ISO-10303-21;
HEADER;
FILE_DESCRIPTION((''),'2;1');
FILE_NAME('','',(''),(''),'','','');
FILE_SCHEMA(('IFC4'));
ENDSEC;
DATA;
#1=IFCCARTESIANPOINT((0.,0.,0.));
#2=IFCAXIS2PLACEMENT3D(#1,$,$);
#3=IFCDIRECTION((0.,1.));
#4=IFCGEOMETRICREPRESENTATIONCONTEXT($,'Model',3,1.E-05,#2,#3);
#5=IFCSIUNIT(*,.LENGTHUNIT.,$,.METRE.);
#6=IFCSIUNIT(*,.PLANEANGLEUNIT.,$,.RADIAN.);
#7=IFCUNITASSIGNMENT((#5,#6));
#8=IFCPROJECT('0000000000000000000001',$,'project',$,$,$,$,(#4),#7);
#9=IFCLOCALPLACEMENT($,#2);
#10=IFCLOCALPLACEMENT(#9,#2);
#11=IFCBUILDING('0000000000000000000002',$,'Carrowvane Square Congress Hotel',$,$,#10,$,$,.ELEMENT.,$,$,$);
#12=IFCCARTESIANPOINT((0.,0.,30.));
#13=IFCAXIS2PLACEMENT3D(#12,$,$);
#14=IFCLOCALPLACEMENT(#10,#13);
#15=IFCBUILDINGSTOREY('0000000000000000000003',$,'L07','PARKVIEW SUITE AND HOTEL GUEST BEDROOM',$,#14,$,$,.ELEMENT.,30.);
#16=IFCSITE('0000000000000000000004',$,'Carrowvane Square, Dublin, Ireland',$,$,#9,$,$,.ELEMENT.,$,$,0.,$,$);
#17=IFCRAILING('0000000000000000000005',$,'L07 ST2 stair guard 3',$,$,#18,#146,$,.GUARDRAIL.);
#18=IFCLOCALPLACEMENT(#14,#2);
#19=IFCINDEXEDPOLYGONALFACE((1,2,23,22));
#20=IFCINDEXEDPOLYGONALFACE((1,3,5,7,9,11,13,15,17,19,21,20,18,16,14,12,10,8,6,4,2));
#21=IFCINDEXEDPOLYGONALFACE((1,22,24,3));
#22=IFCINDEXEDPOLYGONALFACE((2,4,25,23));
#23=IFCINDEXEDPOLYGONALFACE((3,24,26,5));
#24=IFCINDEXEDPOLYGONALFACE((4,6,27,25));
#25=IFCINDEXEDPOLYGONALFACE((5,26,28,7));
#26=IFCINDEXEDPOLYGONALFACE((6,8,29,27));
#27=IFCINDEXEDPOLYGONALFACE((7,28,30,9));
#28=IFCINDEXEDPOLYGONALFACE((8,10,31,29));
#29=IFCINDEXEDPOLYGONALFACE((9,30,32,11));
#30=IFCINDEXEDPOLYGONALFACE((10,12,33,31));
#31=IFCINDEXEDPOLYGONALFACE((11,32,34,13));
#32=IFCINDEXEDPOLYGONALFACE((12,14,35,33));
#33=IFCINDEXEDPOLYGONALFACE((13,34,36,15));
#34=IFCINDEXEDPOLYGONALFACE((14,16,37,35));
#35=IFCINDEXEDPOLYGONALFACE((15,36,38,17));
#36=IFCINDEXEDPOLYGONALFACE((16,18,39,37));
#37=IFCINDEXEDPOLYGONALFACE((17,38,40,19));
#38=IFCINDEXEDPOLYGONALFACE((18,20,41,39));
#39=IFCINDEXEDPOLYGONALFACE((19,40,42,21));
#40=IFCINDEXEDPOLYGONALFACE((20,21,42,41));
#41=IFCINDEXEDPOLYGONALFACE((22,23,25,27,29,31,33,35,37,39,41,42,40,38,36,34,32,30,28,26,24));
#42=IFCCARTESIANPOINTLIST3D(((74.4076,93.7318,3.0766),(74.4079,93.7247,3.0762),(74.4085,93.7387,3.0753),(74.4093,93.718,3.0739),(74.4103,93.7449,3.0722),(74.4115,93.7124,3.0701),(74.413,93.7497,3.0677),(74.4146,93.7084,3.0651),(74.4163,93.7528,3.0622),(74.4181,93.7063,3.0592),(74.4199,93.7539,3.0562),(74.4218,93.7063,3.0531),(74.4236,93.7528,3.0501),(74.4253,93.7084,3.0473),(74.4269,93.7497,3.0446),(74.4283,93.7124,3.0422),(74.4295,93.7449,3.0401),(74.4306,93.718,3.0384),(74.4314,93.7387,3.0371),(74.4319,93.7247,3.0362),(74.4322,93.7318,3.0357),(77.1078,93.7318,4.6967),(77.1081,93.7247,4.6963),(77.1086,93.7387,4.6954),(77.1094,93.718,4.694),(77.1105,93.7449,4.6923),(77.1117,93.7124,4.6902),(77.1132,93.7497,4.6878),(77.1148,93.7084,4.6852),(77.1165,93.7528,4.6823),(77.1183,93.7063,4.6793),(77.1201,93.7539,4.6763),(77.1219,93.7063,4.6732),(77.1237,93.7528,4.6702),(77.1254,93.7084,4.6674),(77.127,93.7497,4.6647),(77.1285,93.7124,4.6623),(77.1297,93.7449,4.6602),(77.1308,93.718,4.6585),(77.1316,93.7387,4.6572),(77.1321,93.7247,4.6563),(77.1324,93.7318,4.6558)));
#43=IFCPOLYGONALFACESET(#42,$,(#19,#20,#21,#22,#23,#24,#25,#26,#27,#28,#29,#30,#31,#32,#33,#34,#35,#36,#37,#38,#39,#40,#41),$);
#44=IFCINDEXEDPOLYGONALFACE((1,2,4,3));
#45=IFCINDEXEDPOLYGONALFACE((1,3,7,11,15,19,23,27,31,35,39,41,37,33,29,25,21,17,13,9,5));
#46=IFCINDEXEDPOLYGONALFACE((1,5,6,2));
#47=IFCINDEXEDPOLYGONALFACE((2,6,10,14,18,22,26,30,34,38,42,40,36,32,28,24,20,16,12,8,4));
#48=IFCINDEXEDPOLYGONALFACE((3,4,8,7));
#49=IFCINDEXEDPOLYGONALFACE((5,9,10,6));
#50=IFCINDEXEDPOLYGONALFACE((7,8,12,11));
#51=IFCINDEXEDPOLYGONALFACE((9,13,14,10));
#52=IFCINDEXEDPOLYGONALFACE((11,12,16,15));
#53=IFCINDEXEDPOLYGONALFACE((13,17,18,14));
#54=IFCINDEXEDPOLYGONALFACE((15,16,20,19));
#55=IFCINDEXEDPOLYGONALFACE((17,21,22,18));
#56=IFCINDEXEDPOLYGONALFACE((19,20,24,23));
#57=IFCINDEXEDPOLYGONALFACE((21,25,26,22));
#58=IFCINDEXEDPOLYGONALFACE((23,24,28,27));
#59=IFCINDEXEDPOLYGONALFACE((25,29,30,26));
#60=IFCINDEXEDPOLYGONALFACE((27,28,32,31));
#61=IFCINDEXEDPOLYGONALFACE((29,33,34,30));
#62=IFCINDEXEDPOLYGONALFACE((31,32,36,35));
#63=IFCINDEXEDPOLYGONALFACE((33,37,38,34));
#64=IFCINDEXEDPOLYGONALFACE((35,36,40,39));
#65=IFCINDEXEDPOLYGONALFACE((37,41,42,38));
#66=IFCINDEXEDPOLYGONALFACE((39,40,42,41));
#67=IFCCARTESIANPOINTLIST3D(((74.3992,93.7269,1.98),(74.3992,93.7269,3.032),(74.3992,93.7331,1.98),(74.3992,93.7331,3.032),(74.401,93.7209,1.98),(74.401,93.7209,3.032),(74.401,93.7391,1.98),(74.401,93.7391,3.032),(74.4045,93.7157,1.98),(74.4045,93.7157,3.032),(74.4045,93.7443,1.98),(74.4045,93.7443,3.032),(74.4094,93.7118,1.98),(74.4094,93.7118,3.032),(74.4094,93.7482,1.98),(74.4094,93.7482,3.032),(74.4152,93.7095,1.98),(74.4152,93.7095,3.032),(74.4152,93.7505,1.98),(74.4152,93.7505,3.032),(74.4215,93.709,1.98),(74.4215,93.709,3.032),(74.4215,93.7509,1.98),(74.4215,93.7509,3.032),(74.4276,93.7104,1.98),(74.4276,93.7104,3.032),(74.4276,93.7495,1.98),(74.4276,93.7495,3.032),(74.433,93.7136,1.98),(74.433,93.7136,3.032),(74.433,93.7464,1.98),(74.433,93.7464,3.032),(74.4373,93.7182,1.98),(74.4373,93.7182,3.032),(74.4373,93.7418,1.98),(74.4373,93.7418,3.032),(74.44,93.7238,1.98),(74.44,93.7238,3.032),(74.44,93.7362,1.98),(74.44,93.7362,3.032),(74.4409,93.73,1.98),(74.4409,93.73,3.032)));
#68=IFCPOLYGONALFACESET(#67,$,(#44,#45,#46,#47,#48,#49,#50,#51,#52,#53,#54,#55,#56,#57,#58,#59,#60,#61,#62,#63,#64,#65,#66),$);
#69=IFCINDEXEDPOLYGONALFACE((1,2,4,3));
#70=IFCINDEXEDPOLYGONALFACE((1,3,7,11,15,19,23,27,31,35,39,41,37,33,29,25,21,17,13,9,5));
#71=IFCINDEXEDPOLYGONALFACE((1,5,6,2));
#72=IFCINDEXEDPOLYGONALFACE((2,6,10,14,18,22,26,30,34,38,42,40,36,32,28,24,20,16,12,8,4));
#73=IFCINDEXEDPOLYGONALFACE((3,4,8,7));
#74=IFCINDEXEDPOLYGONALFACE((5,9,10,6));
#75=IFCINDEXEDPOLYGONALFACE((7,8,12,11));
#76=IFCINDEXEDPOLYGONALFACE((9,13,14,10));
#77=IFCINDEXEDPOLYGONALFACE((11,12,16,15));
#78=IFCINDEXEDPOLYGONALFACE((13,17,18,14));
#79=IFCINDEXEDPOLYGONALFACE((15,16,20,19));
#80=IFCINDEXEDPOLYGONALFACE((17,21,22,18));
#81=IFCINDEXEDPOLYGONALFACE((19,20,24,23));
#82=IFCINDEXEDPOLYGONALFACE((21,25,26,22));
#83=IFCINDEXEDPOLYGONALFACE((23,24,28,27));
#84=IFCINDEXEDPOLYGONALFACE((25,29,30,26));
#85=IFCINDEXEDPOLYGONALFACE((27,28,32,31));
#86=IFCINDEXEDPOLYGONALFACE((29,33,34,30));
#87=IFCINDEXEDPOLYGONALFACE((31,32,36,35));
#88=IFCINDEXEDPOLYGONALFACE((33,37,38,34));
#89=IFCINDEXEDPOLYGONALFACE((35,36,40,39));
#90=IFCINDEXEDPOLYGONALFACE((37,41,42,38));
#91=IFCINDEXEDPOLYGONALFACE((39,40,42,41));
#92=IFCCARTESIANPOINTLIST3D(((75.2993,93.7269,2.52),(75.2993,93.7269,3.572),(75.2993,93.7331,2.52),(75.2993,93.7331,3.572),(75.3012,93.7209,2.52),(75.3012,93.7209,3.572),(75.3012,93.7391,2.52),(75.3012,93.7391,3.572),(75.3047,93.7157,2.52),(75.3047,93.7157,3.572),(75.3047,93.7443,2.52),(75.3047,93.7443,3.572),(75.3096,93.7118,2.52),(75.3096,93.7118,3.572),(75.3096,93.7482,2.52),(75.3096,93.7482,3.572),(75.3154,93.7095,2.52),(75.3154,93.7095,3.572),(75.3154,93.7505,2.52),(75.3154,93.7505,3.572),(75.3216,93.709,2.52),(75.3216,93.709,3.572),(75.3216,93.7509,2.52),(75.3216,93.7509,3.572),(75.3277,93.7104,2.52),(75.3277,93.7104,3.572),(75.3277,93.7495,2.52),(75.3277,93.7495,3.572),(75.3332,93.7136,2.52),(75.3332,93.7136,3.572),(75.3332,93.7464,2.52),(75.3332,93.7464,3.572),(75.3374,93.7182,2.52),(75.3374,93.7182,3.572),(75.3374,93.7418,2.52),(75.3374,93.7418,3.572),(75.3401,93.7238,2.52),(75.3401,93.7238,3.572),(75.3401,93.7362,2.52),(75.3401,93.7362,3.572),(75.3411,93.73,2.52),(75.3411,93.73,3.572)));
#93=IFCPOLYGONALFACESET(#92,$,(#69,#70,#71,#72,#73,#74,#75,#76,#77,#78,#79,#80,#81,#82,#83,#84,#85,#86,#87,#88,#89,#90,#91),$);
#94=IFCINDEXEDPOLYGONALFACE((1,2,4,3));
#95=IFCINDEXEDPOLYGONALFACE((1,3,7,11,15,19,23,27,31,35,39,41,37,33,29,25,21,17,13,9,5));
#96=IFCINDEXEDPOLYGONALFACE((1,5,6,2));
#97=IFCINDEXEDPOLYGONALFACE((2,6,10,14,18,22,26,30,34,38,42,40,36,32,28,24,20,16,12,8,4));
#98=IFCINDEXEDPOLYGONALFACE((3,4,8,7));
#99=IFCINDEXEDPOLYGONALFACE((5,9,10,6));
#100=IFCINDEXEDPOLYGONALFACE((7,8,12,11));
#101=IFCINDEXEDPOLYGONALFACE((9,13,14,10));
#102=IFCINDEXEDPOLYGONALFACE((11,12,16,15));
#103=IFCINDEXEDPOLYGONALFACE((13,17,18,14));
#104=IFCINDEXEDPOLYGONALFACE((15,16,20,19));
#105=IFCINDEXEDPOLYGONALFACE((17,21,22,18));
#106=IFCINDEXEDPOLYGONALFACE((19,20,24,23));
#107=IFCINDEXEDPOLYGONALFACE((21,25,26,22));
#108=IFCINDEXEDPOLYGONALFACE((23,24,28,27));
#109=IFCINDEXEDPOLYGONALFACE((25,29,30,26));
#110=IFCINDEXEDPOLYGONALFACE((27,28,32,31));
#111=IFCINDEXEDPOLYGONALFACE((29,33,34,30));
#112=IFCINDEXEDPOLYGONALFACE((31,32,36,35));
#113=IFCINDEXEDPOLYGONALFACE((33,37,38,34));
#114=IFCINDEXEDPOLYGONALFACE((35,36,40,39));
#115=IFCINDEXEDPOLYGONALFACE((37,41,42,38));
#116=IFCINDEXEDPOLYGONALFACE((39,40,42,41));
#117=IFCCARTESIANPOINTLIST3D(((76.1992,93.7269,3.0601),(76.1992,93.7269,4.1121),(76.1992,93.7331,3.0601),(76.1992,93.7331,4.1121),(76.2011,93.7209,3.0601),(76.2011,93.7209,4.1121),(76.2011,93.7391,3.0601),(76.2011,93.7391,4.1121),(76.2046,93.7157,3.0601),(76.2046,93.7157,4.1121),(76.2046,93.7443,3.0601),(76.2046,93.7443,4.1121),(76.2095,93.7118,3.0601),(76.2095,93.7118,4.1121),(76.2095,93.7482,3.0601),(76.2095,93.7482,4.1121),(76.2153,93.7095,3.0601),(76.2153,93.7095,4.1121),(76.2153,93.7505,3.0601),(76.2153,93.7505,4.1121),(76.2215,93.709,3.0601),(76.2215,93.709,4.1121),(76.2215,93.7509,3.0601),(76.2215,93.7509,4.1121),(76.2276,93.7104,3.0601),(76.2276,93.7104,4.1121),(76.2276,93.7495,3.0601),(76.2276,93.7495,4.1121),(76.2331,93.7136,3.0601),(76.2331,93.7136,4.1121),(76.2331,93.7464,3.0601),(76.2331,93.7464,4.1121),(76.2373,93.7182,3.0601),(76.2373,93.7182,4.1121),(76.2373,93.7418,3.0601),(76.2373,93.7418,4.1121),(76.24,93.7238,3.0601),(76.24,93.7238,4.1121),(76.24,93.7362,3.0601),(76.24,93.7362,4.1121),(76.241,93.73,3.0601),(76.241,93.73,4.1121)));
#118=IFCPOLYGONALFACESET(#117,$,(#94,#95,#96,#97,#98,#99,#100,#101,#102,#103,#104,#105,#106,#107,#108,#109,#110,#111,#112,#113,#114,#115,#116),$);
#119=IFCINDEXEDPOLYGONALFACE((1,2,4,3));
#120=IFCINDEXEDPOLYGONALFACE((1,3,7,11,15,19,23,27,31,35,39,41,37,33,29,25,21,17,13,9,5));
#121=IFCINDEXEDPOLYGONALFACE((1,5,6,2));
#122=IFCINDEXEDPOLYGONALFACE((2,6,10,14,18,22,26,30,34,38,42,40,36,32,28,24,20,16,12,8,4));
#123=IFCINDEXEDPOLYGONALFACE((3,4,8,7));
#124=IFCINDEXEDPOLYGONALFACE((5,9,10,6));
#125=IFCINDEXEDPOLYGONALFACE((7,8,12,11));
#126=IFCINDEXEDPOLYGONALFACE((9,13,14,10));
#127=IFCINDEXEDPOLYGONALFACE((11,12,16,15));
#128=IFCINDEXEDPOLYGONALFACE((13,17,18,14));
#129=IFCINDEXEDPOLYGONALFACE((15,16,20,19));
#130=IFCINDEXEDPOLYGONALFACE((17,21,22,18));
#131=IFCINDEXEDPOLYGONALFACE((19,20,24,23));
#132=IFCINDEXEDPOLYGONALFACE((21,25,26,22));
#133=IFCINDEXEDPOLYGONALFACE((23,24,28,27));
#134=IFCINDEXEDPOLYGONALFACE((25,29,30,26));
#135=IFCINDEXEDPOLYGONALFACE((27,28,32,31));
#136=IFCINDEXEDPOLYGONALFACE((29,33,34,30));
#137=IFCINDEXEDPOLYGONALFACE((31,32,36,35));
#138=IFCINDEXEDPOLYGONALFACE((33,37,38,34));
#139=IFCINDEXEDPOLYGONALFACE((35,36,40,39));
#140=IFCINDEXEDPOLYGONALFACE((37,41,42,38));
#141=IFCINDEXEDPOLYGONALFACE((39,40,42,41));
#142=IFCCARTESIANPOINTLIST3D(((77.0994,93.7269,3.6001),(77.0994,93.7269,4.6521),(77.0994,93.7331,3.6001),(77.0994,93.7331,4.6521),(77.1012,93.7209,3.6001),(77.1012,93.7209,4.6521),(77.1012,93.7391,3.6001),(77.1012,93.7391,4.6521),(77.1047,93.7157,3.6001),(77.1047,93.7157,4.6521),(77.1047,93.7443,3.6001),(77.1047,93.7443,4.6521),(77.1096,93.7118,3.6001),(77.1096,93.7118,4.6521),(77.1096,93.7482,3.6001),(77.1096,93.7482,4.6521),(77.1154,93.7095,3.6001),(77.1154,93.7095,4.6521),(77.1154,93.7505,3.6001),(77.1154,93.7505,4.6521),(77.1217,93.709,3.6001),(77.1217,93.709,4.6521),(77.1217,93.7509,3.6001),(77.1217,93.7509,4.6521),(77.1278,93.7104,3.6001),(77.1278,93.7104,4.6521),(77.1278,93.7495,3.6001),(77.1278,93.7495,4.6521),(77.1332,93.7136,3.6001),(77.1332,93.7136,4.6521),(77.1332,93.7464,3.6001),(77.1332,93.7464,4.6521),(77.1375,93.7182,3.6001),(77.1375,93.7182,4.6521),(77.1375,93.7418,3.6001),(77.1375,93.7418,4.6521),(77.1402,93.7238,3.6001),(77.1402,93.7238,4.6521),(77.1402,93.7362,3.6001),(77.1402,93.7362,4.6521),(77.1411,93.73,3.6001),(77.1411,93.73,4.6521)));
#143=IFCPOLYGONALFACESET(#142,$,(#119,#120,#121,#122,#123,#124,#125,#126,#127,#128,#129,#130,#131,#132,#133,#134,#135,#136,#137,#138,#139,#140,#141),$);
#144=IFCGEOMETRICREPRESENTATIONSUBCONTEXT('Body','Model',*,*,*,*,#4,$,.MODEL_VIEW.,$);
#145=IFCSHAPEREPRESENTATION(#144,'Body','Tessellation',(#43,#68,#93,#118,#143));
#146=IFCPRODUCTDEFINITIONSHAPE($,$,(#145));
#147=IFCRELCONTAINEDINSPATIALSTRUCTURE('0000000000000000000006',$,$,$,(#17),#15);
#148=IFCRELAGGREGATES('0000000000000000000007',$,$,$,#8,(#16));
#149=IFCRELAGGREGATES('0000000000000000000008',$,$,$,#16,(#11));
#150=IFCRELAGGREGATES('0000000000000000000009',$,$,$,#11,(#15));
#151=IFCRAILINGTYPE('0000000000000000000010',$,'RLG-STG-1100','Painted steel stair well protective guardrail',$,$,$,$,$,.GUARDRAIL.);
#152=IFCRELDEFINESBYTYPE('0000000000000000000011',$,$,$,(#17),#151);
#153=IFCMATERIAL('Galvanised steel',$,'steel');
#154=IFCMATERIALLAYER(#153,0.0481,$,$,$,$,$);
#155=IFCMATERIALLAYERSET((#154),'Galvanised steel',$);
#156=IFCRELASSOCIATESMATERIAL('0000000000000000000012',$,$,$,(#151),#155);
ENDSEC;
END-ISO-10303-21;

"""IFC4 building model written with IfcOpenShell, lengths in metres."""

from ifc_helpers import new_model, si_unit, direction, frame, origin, origin_2d, place, context, subcontext, project, spatial, circle, extrude, material, layer, layer_set, type_object, element, save


model = new_model("IFC4")

# Units and contexts
model_context = context("Model", 3, precision=1e-05, world=origin(), true_north=direction((0.0, 1.0)))
body_context = subcontext(model_context, "Body", "Model", "MODEL_VIEW")
ifc_project = project(units=[si_unit("LENGTHUNIT", "METRE"), si_unit("PLANEANGLEUNIT", "RADIAN")], contexts=[model_context])

# Site, building, storey
site_placement = place(None, origin())
site = spatial("IfcSite", under=ifc_project, at=site_placement, Name="Carrowvane Square, Dublin, Ireland", CompositionType="ELEMENT", RefElevation=0.0)
building_placement = place(site_placement, origin())
building = spatial("IfcBuilding", under=site, at=building_placement, Name="Carrowvane Square Congress Hotel", CompositionType="ELEMENT")
storey_placement = place(building_placement, frame((0.0, 0.0, 30.0)))
storey = spatial("IfcBuildingStorey", under=building, at=storey_placement, Name="L07", Description="PARKVIEW SUITE AND HOTEL GUEST BEDROOM", CompositionType="ELEMENT", Elevation=30.0)

# Railing
ifc_material_1 = material(Name="Galvanised steel", Category="steel")
ifc_layer_1 = layer(ifc_material_1, 0.0481)
ifc_layer_set_1 = layer_set([ifc_layer_1], Name="Galvanised steel")
railing_type_1 = type_object("IfcRailingType", Name="RLG-STG-1100", Description="Painted steel stair well protective guardrail", PredefinedType="GUARDRAIL", material=ifc_layer_set_1)
railing_1_placement = place(storey_placement, frame((74.4199, 93.73, 1.98)))
element("IfcRailing", 1, at=railing_1_placement, inside=storey, type_object=railing_type_1, Name="L07 ST2 stair guard 3", PredefinedType="GUARDRAIL", context=body_context, shape_type="SweptSolid", body=[
    extrude(circle(Radius=0.0239, at=origin_2d()), frame((0.0, 0.0, 1.0762), z_axis=(0.857493, 0.0, 0.514496), x_axis=(0.0, 1.0, 0.0)), (0.0, 0.0, 1.0), 3.1489),
    extrude(circle(Radius=0.021, at=origin_2d()), origin(), (0.0, 0.0, 1.0), 1.052),
    extrude(circle(Radius=0.021, at=origin_2d()), frame((0.9001, 0.0, 0.54)), (0.0, 0.0, 1.0), 1.052),
    extrude(circle(Radius=0.021, at=origin_2d()), frame((1.8, 0.0, 1.0801)), (0.0, 0.0, 1.0), 1.052),
    extrude(circle(Radius=0.021, at=origin_2d()), frame((2.7002, 0.0, 1.6201)), (0.0, 0.0, 1.0), 1.052),
])

save(model, "model.ifc")
